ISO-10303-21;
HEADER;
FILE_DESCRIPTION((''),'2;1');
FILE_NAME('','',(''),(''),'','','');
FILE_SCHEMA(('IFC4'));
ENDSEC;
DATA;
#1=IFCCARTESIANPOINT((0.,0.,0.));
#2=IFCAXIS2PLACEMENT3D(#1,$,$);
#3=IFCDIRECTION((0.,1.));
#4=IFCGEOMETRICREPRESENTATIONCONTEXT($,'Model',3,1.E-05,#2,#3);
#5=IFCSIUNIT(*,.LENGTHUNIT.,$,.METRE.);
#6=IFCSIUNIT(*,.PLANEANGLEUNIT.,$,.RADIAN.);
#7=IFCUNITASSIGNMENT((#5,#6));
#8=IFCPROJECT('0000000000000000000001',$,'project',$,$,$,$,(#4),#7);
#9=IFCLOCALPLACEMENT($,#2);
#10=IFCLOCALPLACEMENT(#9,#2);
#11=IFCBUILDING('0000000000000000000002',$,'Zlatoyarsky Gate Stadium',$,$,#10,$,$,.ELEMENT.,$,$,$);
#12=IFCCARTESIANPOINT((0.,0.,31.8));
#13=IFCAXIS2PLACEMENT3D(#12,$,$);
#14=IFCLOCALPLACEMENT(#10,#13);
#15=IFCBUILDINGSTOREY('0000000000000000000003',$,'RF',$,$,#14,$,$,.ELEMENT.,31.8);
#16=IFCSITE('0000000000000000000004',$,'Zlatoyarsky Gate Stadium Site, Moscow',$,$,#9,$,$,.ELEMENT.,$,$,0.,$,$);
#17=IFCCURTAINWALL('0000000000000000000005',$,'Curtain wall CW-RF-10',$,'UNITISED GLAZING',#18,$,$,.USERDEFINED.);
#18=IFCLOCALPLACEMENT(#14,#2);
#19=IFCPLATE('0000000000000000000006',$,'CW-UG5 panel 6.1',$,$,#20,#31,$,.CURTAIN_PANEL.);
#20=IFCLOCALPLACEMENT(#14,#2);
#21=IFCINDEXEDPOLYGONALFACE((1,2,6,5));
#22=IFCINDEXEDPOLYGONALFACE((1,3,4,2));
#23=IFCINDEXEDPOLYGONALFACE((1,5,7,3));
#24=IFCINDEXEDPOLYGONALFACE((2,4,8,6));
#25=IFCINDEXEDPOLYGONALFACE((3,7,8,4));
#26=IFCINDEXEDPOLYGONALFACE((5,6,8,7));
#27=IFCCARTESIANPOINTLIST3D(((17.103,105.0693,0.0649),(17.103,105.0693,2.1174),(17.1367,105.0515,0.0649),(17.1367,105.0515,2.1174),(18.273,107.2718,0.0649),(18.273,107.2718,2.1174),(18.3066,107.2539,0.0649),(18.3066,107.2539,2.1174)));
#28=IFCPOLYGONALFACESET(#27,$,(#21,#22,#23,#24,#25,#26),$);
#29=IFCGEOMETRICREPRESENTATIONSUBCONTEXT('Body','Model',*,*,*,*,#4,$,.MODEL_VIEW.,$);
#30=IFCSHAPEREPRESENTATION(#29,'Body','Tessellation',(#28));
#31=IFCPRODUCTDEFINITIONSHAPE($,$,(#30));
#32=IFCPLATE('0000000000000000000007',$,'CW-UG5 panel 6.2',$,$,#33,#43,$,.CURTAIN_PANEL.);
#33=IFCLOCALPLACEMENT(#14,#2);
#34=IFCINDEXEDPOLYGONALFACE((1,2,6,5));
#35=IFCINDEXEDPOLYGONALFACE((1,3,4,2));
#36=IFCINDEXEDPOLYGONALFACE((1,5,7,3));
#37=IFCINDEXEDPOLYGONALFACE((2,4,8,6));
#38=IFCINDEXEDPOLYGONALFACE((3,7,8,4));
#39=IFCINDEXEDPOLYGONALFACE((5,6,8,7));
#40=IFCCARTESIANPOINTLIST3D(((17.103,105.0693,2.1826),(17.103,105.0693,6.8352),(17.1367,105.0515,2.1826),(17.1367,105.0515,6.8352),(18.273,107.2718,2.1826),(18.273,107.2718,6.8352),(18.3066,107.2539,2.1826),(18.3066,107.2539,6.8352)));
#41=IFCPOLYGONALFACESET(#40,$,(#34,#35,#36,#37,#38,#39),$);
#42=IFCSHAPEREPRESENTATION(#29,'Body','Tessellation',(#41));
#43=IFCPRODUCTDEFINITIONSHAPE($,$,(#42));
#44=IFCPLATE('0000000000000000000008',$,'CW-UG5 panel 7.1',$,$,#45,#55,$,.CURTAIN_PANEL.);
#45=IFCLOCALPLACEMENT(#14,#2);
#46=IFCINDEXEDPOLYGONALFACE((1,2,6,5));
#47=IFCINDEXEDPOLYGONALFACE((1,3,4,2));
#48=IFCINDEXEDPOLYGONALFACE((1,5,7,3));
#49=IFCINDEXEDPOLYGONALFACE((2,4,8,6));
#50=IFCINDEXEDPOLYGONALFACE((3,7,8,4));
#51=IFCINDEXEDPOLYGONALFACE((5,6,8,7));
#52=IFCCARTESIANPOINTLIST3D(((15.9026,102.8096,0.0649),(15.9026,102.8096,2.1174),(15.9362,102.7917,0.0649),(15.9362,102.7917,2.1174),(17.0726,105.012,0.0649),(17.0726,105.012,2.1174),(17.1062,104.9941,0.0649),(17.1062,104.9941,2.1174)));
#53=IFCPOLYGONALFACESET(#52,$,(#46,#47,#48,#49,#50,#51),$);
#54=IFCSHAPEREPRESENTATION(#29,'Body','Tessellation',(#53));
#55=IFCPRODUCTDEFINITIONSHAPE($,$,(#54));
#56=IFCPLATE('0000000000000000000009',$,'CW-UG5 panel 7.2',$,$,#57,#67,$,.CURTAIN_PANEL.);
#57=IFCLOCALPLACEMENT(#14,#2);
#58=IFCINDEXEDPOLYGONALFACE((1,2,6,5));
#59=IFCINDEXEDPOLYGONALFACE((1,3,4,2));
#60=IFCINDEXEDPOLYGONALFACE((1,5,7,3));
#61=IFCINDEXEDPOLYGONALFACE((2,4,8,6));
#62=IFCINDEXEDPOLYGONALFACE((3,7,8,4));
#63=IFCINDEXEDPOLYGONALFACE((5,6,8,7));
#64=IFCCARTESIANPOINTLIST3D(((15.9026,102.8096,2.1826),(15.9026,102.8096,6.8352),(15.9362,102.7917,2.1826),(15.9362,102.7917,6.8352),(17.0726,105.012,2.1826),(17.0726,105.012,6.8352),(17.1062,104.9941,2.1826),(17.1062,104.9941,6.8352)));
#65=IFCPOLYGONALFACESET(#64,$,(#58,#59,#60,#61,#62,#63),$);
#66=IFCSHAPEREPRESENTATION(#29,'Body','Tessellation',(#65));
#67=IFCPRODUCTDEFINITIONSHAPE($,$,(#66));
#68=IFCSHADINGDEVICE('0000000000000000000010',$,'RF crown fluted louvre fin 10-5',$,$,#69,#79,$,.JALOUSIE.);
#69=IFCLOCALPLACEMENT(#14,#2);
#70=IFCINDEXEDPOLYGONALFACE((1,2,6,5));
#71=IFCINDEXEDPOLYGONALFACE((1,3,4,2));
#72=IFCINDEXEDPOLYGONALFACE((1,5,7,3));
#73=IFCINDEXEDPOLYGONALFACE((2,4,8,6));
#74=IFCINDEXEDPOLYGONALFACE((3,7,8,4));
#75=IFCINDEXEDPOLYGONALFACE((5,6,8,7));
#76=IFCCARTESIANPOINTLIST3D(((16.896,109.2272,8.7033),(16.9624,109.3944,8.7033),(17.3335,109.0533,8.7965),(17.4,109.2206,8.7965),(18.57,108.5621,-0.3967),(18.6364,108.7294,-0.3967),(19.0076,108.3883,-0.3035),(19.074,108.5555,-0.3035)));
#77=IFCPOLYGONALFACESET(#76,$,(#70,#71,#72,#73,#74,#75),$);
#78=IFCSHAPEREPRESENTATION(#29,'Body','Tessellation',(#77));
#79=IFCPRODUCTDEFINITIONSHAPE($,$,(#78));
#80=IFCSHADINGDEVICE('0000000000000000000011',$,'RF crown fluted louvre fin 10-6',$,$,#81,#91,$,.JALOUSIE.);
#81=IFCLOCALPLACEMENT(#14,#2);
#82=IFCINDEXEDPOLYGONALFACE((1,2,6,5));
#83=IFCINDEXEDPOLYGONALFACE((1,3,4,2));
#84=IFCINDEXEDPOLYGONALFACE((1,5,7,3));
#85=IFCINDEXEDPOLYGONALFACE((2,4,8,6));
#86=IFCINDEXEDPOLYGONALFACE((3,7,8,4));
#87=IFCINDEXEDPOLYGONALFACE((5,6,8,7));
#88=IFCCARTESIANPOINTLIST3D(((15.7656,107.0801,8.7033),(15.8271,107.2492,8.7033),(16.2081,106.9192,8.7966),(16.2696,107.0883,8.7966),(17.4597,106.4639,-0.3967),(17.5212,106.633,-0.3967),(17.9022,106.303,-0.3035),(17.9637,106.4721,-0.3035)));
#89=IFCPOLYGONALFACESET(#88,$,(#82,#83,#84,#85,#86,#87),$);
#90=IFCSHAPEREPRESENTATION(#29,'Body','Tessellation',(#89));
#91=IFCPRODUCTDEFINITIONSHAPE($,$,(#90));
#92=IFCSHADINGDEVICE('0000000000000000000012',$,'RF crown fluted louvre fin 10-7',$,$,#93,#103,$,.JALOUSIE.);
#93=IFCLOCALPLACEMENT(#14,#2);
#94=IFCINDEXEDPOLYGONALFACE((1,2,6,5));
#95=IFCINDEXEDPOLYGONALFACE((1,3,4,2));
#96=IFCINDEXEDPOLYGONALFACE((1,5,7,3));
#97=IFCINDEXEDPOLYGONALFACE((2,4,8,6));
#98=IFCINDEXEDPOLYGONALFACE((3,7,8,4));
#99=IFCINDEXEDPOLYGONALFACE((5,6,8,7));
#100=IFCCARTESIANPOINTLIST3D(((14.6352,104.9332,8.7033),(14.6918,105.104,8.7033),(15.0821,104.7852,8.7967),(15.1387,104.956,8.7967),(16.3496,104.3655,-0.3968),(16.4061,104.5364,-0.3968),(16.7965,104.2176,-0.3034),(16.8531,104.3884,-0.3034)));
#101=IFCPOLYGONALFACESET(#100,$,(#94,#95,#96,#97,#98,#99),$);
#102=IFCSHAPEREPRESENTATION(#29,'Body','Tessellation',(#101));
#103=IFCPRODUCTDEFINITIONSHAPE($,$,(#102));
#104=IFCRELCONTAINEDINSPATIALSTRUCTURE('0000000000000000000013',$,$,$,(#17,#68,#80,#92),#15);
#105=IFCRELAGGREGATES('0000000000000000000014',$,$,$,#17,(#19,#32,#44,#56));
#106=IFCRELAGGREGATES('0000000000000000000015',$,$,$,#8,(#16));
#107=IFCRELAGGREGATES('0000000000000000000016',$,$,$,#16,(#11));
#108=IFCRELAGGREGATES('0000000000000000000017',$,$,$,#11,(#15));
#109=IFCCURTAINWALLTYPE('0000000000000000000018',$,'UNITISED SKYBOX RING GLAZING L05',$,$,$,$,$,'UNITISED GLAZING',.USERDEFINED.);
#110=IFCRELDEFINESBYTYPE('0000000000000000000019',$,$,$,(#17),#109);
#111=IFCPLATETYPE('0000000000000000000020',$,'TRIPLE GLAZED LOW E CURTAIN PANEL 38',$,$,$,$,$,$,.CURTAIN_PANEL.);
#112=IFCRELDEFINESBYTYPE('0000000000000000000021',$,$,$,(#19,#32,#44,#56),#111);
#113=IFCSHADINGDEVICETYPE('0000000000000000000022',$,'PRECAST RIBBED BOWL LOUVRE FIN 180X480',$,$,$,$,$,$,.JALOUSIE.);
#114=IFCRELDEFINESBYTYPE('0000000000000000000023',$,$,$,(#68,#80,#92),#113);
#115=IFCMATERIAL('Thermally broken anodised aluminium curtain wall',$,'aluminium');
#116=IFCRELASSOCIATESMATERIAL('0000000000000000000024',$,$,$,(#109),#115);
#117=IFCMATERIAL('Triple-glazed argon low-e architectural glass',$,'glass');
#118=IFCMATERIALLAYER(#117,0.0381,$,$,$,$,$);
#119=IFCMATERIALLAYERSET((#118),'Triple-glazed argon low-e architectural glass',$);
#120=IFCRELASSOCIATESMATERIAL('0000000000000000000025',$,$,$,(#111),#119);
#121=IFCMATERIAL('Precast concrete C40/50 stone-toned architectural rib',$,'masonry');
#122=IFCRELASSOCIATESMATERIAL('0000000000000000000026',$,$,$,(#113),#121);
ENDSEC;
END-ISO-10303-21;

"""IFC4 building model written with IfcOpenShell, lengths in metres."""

from ifc_helpers import new_model, si_unit, direction, frame, origin, origin_2d, place, context, subcontext, project, spatial, rectangle, extrude, material, layer, layer_set, material_profile, profile_set, type_object, element, aggregate, save


model = new_model("IFC4")

# Units and contexts
model_context = context("Model", 3, precision=1e-05, world=origin(), true_north=direction((0.0, 1.0)))
body_context = subcontext(model_context, "Body", "Model", "MODEL_VIEW")
ifc_project = project(units=[si_unit("LENGTHUNIT", "METRE"), si_unit("PLANEANGLEUNIT", "RADIAN")], contexts=[model_context])

# Site, building, storey
site_placement = place(None, origin())
site = spatial("IfcSite", under=ifc_project, at=site_placement, Name="Zlatoyarsky Gate Stadium Site, Moscow", CompositionType="ELEMENT", RefElevation=0.0)
building_placement = place(site_placement, origin())
building = spatial("IfcBuilding", under=site, at=building_placement, Name="Zlatoyarsky Gate Stadium", CompositionType="ELEMENT")
storey_placement = place(building_placement, frame((0.0, 0.0, 31.8)))
storey = spatial("IfcBuildingStorey", under=building, at=storey_placement, Name="RF", CompositionType="ELEMENT", Elevation=31.8)

# Curtain wall
ifc_material_1 = material(Name="Thermally broken anodised aluminium curtain wall", Category="aluminium")
curtain_wall_type = type_object("IfcCurtainWallType", Name="UNITISED SKYBOX RING GLAZING L05", ElementType="UNITISED GLAZING", PredefinedType="USERDEFINED", material=ifc_material_1)
curtain_wall_placement = place(storey_placement, origin())
curtain_wall = element("IfcCurtainWall", 1, at=curtain_wall_placement, inside=storey, type_object=curtain_wall_type, Name="Curtain wall CW-RF-10", ObjectType="UNITISED GLAZING", PredefinedType="USERDEFINED")

# Plates
ifc_material_2 = material(Name="Triple-glazed argon low-e architectural glass", Category="glass")
ifc_layer_1 = layer(ifc_material_2, 0.0381)
ifc_layer_set_1 = layer_set([ifc_layer_1], Name="Triple-glazed argon low-e architectural glass")
plate_type_1 = type_object("IfcPlateType", Name="TRIPLE GLAZED LOW E CURTAIN PANEL 38", PredefinedType="CURTAIN_PANEL", material=ifc_layer_set_1)
plate_1_placement = place(storey_placement, frame((17.7048, 106.1616, 0.0649), z_axis=(0.0, 0.0, 1.0), x_axis=(-0.469127, -0.883131, 0.0)))
plate_1 = element("IfcPlate", 2, at=plate_1_placement, type_object=plate_type_1, Name="CW-UG5 panel 6.1", PredefinedType="CURTAIN_PANEL", context=body_context, shape_type="SweptSolid", body=[
    extrude(rectangle(XDim=2.4939, YDim=0.0381, at=origin_2d()), origin(), (0.0, 0.0, 1.0), 2.0525),
])
plate_2_placement = place(storey_placement, frame((17.7048, 106.1616, 2.1826), z_axis=(0.0, 0.0, 1.0), x_axis=(-0.469127, -0.883131, 0.0)))
plate_2 = element("IfcPlate", 3, at=plate_2_placement, type_object=plate_type_1, Name="CW-UG5 panel 6.2", PredefinedType="CURTAIN_PANEL", context=body_context, shape_type="SweptSolid", body=[
    extrude(rectangle(XDim=2.4939, YDim=0.0381, at=origin_2d()), origin(), (0.0, 0.0, 1.0), 4.6526),
])
plate_3_placement = place(storey_placement, frame((16.5044, 103.9019, 0.0649), z_axis=(0.0, 0.0, 1.0), x_axis=(-0.469127, -0.883131, 0.0)))
plate_3 = element("IfcPlate", 4, at=plate_3_placement, type_object=plate_type_1, Name="CW-UG5 panel 7.1", PredefinedType="CURTAIN_PANEL", context=body_context, shape_type="SweptSolid", body=[
    extrude(rectangle(XDim=2.4939, YDim=0.0381, at=origin_2d()), origin(), (0.0, 0.0, 1.0), 2.0525),
])
plate_4_placement = place(storey_placement, frame((16.5044, 103.9019, 2.1826), z_axis=(0.0, 0.0, 1.0), x_axis=(-0.469127, -0.883131, 0.0)))
plate_4 = element("IfcPlate", 5, at=plate_4_placement, type_object=plate_type_1, Name="CW-UG5 panel 7.2", PredefinedType="CURTAIN_PANEL", context=body_context, shape_type="SweptSolid", body=[
    extrude(rectangle(XDim=2.4939, YDim=0.0381, at=origin_2d()), origin(), (0.0, 0.0, 1.0), 4.6526),
])
aggregate(curtain_wall, [plate_1, plate_2, plate_3, plate_4])

# Shading devices
ifc_material_3 = material(Name="Precast concrete C40/50 stone-toned architectural rib", Category="masonry")
ifc_material_profile_1 = material_profile(ifc_material_3, rectangle(XDim=0.1799, YDim=0.48, at=origin_2d()), Name="RIB 180X480")
ifc_profile_set_1 = profile_set([ifc_material_profile_1], Name="Precast concrete C40/50 stone-toned architectural rib")
shading_device_type = type_object("IfcShadingDeviceType", Name="PRECAST RIBBED BOWL LOUVRE FIN 180X480", PredefinedType="JALOUSIE", material=ifc_profile_set_1)
shading_device_1_placement = place(storey_placement, frame((18.822, 108.5588, -0.3501), z_axis=(-0.180461, 0.071689, 0.980966), x_axis=(-0.369193, -0.929353, 0.0)))
element("IfcShadingDevice", 6, at=shading_device_1_placement, inside=storey, type_object=shading_device_type, Name="RF crown fluted louvre fin 10-5", PredefinedType="JALOUSIE", context=body_context, shape_type="SweptSolid", body=[
    extrude(rectangle(XDim=0.1799, YDim=0.48, at=origin_2d()), origin(), (0.0, 0.0, 1.0), 9.2766),
])
shading_device_2_placement = place(storey_placement, frame((17.7117, 106.468, -0.3501), z_axis=(-0.182613, 0.066424, 0.980938), x_axis=(-0.34183, -0.939762, 0.0)))
element("IfcShadingDevice", 7, at=shading_device_2_placement, inside=storey, type_object=shading_device_type, Name="RF crown fluted louvre fin 10-6", PredefinedType="JALOUSIE", context=body_context, shape_type="SweptSolid", body=[
    extrude(rectangle(XDim=0.1799, YDim=0.48, at=origin_2d()), origin(), (0.0, 0.0, 1.0), 9.2769),
])
shading_device_3_placement = place(storey_placement, frame((16.6013, 104.377, -0.3501), z_axis=(-0.184785, 0.061183, 0.980873), x_axis=(-0.314321, -0.949317, 0.0)))
element("IfcShadingDevice", 8, at=shading_device_3_placement, inside=storey, type_object=shading_device_type, Name="RF crown fluted louvre fin 10-7", PredefinedType="JALOUSIE", context=body_context, shape_type="SweptSolid", body=[
    extrude(rectangle(XDim=0.1799, YDim=0.48, at=origin_2d()), origin(), (0.0, 0.0, 1.0), 9.2776),
])

save(model, "model.ifc")
